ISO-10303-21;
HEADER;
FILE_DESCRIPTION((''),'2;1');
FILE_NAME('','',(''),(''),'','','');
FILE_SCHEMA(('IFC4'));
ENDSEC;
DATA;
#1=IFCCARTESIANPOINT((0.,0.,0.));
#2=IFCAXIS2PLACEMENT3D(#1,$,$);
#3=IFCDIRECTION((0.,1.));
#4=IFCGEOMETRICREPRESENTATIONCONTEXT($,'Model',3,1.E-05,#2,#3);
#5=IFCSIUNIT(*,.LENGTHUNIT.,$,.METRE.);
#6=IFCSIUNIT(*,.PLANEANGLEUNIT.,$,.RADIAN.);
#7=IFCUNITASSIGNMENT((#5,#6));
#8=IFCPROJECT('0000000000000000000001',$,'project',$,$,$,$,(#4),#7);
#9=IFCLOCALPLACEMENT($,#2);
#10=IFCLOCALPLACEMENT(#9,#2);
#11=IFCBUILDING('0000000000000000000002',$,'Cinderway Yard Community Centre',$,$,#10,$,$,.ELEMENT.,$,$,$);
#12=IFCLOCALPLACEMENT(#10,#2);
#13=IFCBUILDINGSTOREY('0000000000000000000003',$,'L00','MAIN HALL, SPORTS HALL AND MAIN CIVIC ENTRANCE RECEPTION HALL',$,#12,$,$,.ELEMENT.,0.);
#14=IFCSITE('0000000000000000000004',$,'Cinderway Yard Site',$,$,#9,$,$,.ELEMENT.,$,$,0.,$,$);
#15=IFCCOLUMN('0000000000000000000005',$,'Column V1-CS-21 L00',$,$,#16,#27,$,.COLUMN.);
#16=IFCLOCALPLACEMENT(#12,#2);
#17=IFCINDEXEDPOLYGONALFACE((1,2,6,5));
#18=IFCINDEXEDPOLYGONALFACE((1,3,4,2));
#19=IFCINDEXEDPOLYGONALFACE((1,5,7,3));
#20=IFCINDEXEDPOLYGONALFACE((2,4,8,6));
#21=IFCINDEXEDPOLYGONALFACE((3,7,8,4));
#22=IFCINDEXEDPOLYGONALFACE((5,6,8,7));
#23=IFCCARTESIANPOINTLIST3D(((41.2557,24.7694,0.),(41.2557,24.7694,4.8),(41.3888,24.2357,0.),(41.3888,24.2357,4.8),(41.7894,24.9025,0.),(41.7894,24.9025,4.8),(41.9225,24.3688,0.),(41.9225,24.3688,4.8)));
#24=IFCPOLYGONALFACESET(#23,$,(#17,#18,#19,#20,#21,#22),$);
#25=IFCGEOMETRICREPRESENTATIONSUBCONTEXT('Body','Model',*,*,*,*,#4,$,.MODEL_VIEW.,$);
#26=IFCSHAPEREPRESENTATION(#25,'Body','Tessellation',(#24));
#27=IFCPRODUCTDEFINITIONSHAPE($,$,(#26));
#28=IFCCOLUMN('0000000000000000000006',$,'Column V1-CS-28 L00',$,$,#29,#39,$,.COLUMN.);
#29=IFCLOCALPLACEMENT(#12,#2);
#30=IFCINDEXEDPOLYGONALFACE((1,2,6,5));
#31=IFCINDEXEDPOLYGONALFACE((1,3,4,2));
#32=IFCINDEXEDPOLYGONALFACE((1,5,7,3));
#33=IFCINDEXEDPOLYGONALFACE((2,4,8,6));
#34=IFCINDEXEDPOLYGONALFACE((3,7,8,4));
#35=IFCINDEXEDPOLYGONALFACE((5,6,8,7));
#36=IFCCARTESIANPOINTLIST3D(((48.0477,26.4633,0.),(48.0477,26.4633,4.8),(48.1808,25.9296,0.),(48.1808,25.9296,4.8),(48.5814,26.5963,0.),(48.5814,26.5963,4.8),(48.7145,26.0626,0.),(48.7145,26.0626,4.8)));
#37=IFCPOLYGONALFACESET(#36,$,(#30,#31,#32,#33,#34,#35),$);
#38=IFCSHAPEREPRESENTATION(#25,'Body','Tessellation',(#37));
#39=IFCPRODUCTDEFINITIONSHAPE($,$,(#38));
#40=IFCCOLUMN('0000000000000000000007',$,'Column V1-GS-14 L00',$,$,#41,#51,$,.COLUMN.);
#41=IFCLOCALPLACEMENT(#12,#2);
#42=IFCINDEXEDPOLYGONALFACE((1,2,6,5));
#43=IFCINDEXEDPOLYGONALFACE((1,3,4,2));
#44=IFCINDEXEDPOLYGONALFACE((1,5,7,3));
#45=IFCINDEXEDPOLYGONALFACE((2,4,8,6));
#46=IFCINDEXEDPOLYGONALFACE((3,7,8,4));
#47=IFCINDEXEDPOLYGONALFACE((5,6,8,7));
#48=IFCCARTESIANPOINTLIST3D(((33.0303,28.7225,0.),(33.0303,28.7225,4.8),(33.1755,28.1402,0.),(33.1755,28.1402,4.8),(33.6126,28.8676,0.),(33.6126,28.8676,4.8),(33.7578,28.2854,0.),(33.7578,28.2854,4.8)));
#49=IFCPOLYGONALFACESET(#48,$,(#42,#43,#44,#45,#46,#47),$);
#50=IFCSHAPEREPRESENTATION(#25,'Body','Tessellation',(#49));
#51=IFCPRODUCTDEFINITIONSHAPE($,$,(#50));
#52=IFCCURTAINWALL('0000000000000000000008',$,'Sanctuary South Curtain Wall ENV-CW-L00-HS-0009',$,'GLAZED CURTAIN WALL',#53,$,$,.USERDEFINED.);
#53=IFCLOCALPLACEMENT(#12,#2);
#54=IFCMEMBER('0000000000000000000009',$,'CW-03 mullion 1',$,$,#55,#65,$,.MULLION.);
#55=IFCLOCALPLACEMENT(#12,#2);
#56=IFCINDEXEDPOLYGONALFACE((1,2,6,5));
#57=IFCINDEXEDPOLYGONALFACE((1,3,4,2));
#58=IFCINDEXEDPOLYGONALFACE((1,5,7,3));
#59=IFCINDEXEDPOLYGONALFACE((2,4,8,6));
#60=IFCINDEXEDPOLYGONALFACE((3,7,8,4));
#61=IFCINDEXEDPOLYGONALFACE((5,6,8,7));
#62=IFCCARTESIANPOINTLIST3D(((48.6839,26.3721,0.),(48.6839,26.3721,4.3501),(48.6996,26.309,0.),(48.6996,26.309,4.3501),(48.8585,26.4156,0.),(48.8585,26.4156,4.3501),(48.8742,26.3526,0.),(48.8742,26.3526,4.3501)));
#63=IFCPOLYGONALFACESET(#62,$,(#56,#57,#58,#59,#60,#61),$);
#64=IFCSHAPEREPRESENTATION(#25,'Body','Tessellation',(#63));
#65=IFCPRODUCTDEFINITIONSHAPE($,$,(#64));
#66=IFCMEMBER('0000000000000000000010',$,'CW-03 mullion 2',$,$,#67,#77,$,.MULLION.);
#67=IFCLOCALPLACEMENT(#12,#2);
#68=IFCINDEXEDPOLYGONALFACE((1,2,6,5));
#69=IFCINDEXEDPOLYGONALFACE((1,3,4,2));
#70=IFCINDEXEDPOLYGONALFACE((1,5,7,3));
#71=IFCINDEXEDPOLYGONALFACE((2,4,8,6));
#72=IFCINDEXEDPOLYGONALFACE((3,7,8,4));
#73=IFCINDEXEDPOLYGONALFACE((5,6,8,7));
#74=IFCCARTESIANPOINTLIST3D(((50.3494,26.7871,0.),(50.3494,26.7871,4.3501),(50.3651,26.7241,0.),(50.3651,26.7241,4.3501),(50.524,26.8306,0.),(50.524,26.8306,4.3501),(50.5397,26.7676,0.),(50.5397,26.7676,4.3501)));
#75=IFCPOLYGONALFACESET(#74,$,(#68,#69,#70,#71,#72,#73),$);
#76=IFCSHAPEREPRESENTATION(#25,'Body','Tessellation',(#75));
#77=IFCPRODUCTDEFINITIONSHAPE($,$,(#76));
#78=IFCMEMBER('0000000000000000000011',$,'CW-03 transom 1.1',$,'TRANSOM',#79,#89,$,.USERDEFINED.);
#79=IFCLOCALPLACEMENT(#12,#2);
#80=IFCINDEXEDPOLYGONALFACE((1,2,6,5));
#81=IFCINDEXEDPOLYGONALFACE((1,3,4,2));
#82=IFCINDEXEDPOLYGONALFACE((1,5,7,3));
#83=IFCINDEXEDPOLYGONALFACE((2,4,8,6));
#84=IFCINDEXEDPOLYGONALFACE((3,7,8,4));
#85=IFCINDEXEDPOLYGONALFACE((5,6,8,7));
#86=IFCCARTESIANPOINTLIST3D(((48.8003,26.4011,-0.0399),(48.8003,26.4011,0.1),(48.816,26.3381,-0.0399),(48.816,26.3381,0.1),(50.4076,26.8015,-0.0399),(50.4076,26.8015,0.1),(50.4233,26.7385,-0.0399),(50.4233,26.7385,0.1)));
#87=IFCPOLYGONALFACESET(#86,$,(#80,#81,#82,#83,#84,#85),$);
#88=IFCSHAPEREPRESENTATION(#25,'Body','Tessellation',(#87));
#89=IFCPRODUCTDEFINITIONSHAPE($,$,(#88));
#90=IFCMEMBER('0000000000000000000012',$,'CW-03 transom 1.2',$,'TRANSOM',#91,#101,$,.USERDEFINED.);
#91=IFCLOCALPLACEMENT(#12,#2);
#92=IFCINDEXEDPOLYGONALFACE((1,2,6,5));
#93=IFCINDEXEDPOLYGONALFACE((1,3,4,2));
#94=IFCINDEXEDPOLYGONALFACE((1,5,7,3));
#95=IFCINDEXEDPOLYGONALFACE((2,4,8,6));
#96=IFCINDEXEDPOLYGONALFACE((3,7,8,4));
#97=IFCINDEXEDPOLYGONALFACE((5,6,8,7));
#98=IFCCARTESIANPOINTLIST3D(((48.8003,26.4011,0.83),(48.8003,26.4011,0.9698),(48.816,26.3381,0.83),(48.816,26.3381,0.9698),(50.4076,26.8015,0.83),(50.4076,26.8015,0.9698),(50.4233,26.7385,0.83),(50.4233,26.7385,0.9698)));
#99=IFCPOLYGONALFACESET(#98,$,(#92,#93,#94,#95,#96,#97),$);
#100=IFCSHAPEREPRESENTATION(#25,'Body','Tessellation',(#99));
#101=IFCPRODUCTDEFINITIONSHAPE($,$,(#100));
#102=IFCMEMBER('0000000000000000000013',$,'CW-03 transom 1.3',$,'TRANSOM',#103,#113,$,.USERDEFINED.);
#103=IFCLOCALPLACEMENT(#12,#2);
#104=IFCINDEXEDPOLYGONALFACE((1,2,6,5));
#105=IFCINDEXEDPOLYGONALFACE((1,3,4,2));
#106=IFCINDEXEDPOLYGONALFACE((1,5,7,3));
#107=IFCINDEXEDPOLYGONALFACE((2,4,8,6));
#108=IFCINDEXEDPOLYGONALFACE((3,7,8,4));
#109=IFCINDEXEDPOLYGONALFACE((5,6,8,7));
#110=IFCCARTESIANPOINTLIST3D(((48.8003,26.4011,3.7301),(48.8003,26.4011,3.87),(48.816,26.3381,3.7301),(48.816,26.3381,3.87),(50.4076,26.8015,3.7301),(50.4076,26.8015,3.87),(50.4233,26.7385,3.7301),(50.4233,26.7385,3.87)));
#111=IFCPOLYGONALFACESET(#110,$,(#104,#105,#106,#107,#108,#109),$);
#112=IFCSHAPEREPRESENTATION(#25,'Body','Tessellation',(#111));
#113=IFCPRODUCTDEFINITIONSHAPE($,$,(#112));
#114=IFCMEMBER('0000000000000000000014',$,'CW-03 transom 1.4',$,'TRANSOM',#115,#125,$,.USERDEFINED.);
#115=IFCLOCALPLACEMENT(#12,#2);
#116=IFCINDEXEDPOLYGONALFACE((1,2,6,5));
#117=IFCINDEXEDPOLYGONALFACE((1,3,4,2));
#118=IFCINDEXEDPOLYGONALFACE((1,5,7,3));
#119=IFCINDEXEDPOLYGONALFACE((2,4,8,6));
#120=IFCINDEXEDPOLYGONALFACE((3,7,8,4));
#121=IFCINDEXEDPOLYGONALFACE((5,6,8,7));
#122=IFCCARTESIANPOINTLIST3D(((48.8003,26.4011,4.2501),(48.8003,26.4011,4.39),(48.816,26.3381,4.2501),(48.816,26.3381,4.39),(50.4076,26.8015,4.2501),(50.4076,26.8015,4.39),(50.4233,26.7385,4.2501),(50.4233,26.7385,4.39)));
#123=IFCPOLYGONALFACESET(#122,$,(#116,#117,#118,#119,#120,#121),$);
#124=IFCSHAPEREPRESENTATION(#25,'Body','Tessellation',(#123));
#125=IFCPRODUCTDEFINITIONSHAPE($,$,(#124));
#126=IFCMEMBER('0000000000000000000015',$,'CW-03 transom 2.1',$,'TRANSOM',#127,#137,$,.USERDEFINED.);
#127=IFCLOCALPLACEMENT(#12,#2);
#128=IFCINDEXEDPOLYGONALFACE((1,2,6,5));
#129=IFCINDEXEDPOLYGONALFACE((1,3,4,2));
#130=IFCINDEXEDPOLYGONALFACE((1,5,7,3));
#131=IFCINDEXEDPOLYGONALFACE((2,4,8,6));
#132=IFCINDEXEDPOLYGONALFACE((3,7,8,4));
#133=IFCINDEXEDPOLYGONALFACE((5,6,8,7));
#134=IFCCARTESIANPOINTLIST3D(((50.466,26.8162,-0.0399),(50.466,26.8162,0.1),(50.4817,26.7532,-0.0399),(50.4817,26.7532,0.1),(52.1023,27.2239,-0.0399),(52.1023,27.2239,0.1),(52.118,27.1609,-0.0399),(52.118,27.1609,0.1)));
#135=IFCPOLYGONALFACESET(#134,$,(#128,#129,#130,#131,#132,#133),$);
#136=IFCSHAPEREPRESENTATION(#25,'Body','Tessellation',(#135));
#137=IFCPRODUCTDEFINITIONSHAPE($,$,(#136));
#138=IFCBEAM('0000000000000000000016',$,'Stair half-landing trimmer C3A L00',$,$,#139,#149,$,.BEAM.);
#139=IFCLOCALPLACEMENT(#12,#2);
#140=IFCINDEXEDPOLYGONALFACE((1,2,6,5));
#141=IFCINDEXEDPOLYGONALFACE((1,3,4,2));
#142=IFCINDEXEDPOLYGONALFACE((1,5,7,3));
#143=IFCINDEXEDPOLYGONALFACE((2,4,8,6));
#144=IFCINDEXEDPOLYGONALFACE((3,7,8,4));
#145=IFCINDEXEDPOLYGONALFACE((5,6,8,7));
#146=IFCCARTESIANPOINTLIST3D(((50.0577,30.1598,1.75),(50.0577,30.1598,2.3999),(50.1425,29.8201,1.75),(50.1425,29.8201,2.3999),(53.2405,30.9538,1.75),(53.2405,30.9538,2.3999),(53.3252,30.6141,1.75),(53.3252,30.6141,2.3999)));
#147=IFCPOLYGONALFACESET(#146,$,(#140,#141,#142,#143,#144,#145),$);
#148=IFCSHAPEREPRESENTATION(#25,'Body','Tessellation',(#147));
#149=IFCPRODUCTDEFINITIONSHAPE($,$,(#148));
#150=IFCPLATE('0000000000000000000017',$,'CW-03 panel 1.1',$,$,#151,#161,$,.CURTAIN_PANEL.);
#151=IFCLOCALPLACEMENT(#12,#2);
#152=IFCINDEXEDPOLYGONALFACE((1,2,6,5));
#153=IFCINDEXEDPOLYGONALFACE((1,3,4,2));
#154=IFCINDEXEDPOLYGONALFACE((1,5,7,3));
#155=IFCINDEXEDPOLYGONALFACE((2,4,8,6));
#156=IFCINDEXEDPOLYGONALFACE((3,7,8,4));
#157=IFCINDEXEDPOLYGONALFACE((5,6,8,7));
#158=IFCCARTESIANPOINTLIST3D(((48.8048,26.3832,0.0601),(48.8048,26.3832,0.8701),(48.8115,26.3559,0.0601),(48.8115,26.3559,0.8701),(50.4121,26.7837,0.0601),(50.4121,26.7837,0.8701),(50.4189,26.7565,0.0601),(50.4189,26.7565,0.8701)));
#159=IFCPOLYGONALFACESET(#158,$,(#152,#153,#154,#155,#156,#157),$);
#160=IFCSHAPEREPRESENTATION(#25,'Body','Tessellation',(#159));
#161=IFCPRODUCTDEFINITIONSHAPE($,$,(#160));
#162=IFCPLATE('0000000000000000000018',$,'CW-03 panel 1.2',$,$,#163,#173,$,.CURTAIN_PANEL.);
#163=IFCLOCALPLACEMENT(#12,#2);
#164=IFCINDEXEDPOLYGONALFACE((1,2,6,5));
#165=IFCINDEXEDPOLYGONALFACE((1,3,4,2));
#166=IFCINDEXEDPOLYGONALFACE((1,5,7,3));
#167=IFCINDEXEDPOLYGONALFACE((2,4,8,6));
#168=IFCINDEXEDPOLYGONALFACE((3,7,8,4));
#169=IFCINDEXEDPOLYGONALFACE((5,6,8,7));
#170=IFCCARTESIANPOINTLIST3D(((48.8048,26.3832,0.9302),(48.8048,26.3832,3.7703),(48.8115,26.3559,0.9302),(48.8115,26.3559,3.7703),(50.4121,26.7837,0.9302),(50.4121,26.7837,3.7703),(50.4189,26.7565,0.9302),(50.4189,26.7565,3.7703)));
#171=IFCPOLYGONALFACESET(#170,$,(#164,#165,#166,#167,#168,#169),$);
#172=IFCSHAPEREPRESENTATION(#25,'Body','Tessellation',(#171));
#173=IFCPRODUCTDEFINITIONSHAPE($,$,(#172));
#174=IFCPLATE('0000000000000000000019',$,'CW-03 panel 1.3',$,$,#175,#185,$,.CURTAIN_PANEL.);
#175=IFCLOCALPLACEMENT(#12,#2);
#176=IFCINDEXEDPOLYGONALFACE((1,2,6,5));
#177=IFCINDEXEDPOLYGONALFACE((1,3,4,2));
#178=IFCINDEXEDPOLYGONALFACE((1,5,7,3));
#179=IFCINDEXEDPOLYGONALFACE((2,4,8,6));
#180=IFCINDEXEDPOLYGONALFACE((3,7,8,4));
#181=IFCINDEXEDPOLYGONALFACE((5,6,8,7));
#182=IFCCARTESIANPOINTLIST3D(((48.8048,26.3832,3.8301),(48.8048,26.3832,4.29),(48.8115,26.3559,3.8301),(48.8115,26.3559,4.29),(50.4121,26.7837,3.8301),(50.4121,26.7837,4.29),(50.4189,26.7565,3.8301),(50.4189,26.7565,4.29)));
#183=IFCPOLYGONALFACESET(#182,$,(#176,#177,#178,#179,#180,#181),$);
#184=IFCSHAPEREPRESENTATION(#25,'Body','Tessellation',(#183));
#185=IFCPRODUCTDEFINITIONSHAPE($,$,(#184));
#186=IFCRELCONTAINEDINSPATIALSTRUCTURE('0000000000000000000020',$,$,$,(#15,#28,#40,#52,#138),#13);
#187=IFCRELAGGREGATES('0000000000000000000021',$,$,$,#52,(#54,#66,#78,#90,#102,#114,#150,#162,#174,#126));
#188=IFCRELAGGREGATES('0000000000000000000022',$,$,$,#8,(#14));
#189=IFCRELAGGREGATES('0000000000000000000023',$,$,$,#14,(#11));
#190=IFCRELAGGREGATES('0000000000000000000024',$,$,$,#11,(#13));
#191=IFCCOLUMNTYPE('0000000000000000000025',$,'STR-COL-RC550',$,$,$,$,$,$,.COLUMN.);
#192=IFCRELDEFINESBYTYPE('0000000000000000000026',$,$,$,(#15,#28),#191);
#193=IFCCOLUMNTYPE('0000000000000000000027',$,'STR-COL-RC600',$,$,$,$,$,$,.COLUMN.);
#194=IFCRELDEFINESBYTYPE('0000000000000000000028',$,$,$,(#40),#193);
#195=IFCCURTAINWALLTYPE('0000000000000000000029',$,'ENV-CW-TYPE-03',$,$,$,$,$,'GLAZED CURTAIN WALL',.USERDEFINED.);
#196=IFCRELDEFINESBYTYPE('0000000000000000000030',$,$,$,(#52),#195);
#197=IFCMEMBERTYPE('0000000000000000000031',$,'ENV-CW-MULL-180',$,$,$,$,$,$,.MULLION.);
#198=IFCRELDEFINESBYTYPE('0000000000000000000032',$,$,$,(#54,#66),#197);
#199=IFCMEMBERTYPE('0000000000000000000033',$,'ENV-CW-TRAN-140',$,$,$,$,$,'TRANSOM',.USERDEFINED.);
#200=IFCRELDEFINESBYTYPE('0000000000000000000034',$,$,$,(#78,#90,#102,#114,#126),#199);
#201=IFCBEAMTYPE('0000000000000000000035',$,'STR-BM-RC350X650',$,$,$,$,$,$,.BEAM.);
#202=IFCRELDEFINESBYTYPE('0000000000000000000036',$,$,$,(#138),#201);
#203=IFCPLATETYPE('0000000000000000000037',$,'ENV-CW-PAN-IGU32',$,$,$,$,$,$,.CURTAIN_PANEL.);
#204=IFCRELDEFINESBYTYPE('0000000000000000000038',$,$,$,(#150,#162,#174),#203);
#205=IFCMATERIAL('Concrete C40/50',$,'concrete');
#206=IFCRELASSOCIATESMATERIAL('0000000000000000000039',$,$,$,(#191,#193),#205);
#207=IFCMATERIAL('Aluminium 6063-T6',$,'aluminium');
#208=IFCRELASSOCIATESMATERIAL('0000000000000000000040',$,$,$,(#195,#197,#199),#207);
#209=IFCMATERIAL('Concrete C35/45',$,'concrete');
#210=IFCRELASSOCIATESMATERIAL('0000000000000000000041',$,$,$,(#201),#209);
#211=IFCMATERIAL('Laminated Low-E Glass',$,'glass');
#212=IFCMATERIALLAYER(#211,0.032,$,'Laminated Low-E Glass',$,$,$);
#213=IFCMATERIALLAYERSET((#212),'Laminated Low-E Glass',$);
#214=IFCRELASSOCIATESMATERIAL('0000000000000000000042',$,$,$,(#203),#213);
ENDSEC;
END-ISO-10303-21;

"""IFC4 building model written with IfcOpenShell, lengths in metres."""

from ifc_helpers import new_model, si_unit, direction, frame, origin, origin_2d, place, context, subcontext, project, spatial, rectangle, extrude, material, layer, layer_set, material_profile, profile_set, type_object, element, aggregate, save


model = new_model("IFC4")

# Units and contexts
model_context = context("Model", 3, precision=1e-05, world=origin(), true_north=direction((0.0, 1.0)))
body_context = subcontext(model_context, "Body", "Model", "MODEL_VIEW")
ifc_project = project(units=[si_unit("LENGTHUNIT", "METRE"), si_unit("PLANEANGLEUNIT", "RADIAN")], contexts=[model_context])

# Site, building, storey
site_placement = place(None, origin())
site = spatial("IfcSite", under=ifc_project, at=site_placement, Name="Cinderway Yard Site", CompositionType="ELEMENT", RefElevation=0.0)
building_placement = place(site_placement, origin())
building = spatial("IfcBuilding", under=site, at=building_placement, Name="Cinderway Yard Community Centre", CompositionType="ELEMENT")
storey_placement = place(building_placement, origin())
storey = spatial("IfcBuildingStorey", under=building, at=storey_placement, Name="L00", Description="MAIN HALL, SPORTS HALL AND MAIN CIVIC ENTRANCE RECEPTION HALL", CompositionType="ELEMENT", Elevation=0.0)

# Shared definitions
ifc_material_1 = material(Name="Concrete C40/50", Category="concrete")

# Columns
ifc_material_profile_1 = material_profile(ifc_material_1, rectangle(XDim=0.55, YDim=0.55, at=origin_2d()), Name="Concrete C40/50")
ifc_profile_set_1 = profile_set([ifc_material_profile_1], Name="Concrete C40/50")
column_type_1 = type_object("IfcColumnType", Name="STR-COL-RC550", PredefinedType="COLUMN", material=ifc_profile_set_1)
for number, where, z_axis, x_axis, name in (
    (1, (41.5891, 24.5691, 0.0), (0.0, 0.0, 1.0), (0.970296, 0.241922, 0.0), "Column V1-CS-21 L00"),
    (2, (48.3811, 26.2629, 0.0), (0.0, 0.0, 1.0), (0.970296, 0.241922, 0.0), "Column V1-CS-28 L00"),
):
    element("IfcColumn", number, at=place(storey_placement, frame(where, z_axis=z_axis, x_axis=x_axis)), inside=storey, type_object=column_type_1, Name=name, PredefinedType="COLUMN", context=body_context, shape_type="SweptSolid", body=[
        extrude(rectangle(XDim=0.55, YDim=0.55, at=origin_2d()), origin(), (0.0, 0.0, 1.0), 4.8),
    ])
ifc_material_profile_2 = material_profile(ifc_material_1, rectangle(XDim=0.6001, YDim=0.6001, at=origin_2d()), Name="Concrete C40/50")
ifc_profile_set_2 = profile_set([ifc_material_profile_2], Name="Concrete C40/50")
column_type_2 = type_object("IfcColumnType", Name="STR-COL-RC600", PredefinedType="COLUMN", material=ifc_profile_set_2)
column_placement = place(storey_placement, frame((33.394, 28.5039, 0.0), z_axis=(0.0, 0.0, 1.0), x_axis=(0.970296, 0.241922, 0.0)))
element("IfcColumn", 3, at=column_placement, inside=storey, type_object=column_type_2, Name="Column V1-GS-14 L00", PredefinedType="COLUMN", context=body_context, shape_type="SweptSolid", body=[
    extrude(rectangle(XDim=0.6001, YDim=0.6001, at=origin_2d()), origin(), (0.0, 0.0, 1.0), 4.8),
])

# Curtain wall, members
ifc_material_2 = material(Name="Aluminium 6063-T6", Category="aluminium")
curtain_wall_type = type_object("IfcCurtainWallType", Name="ENV-CW-TYPE-03", ElementType="GLAZED CURTAIN WALL", PredefinedType="USERDEFINED", material=ifc_material_2)
curtain_wall_placement = place(storey_placement, origin())
curtain_wall = element("IfcCurtainWall", 4, at=curtain_wall_placement, inside=storey, type_object=curtain_wall_type, Name="Sanctuary South Curtain Wall ENV-CW-L00-HS-0009", ObjectType="GLAZED CURTAIN WALL", PredefinedType="USERDEFINED")
ifc_material_profile_3 = material_profile(ifc_material_2, rectangle(XDim=0.0649, YDim=0.1799, at=origin_2d()), Name="Aluminium 6063-T6")
ifc_profile_set_3 = profile_set([ifc_material_profile_3], Name="Aluminium 6063-T6")
member_type_1 = type_object("IfcMemberType", Name="ENV-CW-MULL-180", PredefinedType="MULLION", material=ifc_profile_set_3)
member_1_placement = place(storey_placement, frame((48.7791, 26.3623, 0.0), z_axis=(0.0, 0.0, 1.0), x_axis=(-0.241817, 0.970322, 0.0)))
member_1 = element("IfcMember", 5, at=member_1_placement, type_object=member_type_1, Name="CW-03 mullion 1", PredefinedType="MULLION", context=body_context, shape_type="SweptSolid", body=[
    extrude(rectangle(XDim=0.0649, YDim=0.1799, at=origin_2d()), origin(), (0.0, 0.0, 1.0), 4.3501),
])
member_2_placement = place(storey_placement, frame((50.4446, 26.7773, 0.0), z_axis=(0.0, 0.0, 1.0), x_axis=(-0.241817, 0.970322, 0.0)))
member_2 = element("IfcMember", 6, at=member_2_placement, type_object=member_type_1, Name="CW-03 mullion 2", PredefinedType="MULLION", context=body_context, shape_type="SweptSolid", body=[
    extrude(rectangle(XDim=0.0649, YDim=0.1799, at=origin_2d()), origin(), (0.0, 0.0, 1.0), 4.3501),
])
ifc_material_profile_4 = material_profile(ifc_material_2, rectangle(XDim=0.0649, YDim=0.1399, at=origin_2d()), Name="Aluminium 6063-T6")
ifc_profile_set_4 = profile_set([ifc_material_profile_4], Name="Aluminium 6063-T6")
member_type_2 = type_object("IfcMemberType", Name="ENV-CW-TRAN-140", ElementType="TRANSOM", PredefinedType="USERDEFINED", material=ifc_profile_set_4)
member_3_placement = place(storey_placement, frame((48.8081, 26.3696, 0.03), z_axis=(0.97035, 0.241703, 0.0), x_axis=(-0.241703, 0.97035, 0.0)))
member_3 = element("IfcMember", 7, at=member_3_placement, type_object=member_type_2, Name="CW-03 transom 1.1", ObjectType="TRANSOM", PredefinedType="USERDEFINED", context=body_context, shape_type="SweptSolid", body=[
    extrude(rectangle(XDim=0.0649, YDim=0.1399, at=origin_2d()), origin(), (0.0, 0.0, 1.0), 1.6565),
])
member_4_placement = place(storey_placement, frame((48.8081, 26.3696, 0.8999), z_axis=(0.97035, 0.241703, 0.0), x_axis=(-0.241703, 0.97035, 0.0)))
member_4 = element("IfcMember", 8, at=member_4_placement, type_object=member_type_2, Name="CW-03 transom 1.2", ObjectType="TRANSOM", PredefinedType="USERDEFINED", context=body_context, shape_type="SweptSolid", body=[
    extrude(rectangle(XDim=0.0649, YDim=0.1399, at=origin_2d()), origin(), (0.0, 0.0, 1.0), 1.6565),
])
member_5_placement = place(storey_placement, frame((48.8081, 26.3696, 3.8), z_axis=(0.97035, 0.241703, 0.0), x_axis=(-0.241703, 0.97035, 0.0)))
member_5 = element("IfcMember", 9, at=member_5_placement, type_object=member_type_2, Name="CW-03 transom 1.3", ObjectType="TRANSOM", PredefinedType="USERDEFINED", context=body_context, shape_type="SweptSolid", body=[
    extrude(rectangle(XDim=0.0649, YDim=0.1399, at=origin_2d()), origin(), (0.0, 0.0, 1.0), 1.6565),
])
member_6_placement = place(storey_placement, frame((48.8081, 26.3696, 4.3201), z_axis=(0.97035, 0.241703, 0.0), x_axis=(-0.241703, 0.97035, 0.0)))
member_6 = element("IfcMember", 10, at=member_6_placement, type_object=member_type_2, Name="CW-03 transom 1.4", ObjectType="TRANSOM", PredefinedType="USERDEFINED", context=body_context, shape_type="SweptSolid", body=[
    extrude(rectangle(XDim=0.0649, YDim=0.1399, at=origin_2d()), origin(), (0.0, 0.0, 1.0), 1.6565),
])
member_7_placement = place(storey_placement, frame((50.4739, 26.7847, 0.03), z_axis=(0.97033, 0.241786, 0.0), x_axis=(-0.241786, 0.97033, 0.0)))
member_7 = element("IfcMember", 11, at=member_7_placement, type_object=member_type_2, Name="CW-03 transom 2.1", ObjectType="TRANSOM", PredefinedType="USERDEFINED", context=body_context, shape_type="SweptSolid", body=[
    extrude(rectangle(XDim=0.0649, YDim=0.1399, at=origin_2d()), origin(), (0.0, 0.0, 1.0), 1.6863),
])

# Beam
ifc_material_3 = material(Name="Concrete C35/45", Category="concrete")
ifc_material_profile_5 = material_profile(ifc_material_3, rectangle(XDim=0.3501, YDim=0.6499, at=origin_2d()), Name="Concrete C35/45")
ifc_profile_set_5 = profile_set([ifc_material_profile_5], Name="Concrete C35/45")
beam_type = type_object("IfcBeamType", Name="STR-BM-RC350X650", PredefinedType="BEAM", material=ifc_profile_set_5)
beam_placement = place(storey_placement, frame((50.1001, 29.99, 2.075), z_axis=(0.970269, 0.242028, 0.0), x_axis=(-0.242028, 0.970269, 0.0)))
element("IfcBeam", 12, at=beam_placement, inside=storey, type_object=beam_type, Name="Stair half-landing trimmer C3A L00", PredefinedType="BEAM", context=body_context, shape_type="SweptSolid", body=[
    extrude(rectangle(XDim=0.3501, YDim=0.6499, at=origin_2d()), origin(), (0.0, 0.0, 1.0), 3.2803),
])

# Plates
ifc_material_4 = material(Name="Laminated Low-E Glass", Category="glass")
ifc_layer_1 = layer(ifc_material_4, 0.032, Name="Laminated Low-E Glass")
ifc_layer_set_1 = layer_set([ifc_layer_1], Name="Laminated Low-E Glass")
plate_type = type_object("IfcPlateType", Name="ENV-CW-PAN-IGU32", PredefinedType="CURTAIN_PANEL", material=ifc_layer_set_1)
plate_1_placement = place(storey_placement, frame((49.6118, 26.5698, 0.0601), z_axis=(0.0, 0.0, 1.0), x_axis=(0.970322, 0.241817, 0.0)))
plate_1 = element("IfcPlate", 13, at=plate_1_placement, type_object=plate_type, Name="CW-03 panel 1.1", PredefinedType="CURTAIN_PANEL", context=body_context, shape_type="SweptSolid", body=[
    extrude(rectangle(XDim=1.6565, YDim=0.0281, at=origin_2d()), origin(), (0.0, 0.0, 1.0), 0.8101),
])
plate_2_placement = place(storey_placement, frame((49.6118, 26.5698, 0.9302), z_axis=(0.0, 0.0, 1.0), x_axis=(0.970322, 0.241817, 0.0)))
plate_2 = element("IfcPlate", 14, at=plate_2_placement, type_object=plate_type, Name="CW-03 panel 1.2", PredefinedType="CURTAIN_PANEL", context=body_context, shape_type="SweptSolid", body=[
    extrude(rectangle(XDim=1.6565, YDim=0.0281, at=origin_2d()), origin(), (0.0, 0.0, 1.0), 2.8401),
])
plate_3_placement = place(storey_placement, frame((49.6118, 26.5698, 3.8301), z_axis=(0.0, 0.0, 1.0), x_axis=(0.970322, 0.241817, 0.0)))
plate_3 = element("IfcPlate", 15, at=plate_3_placement, type_object=plate_type, Name="CW-03 panel 1.3", PredefinedType="CURTAIN_PANEL", context=body_context, shape_type="SweptSolid", body=[
    extrude(rectangle(XDim=1.6565, YDim=0.0281, at=origin_2d()), origin(), (0.0, 0.0, 1.0), 0.46),
])
aggregate(curtain_wall, [member_1, member_2, member_3, member_4, member_5, member_6, plate_1, plate_2, plate_3, member_7])

save(model, "model.ifc")
